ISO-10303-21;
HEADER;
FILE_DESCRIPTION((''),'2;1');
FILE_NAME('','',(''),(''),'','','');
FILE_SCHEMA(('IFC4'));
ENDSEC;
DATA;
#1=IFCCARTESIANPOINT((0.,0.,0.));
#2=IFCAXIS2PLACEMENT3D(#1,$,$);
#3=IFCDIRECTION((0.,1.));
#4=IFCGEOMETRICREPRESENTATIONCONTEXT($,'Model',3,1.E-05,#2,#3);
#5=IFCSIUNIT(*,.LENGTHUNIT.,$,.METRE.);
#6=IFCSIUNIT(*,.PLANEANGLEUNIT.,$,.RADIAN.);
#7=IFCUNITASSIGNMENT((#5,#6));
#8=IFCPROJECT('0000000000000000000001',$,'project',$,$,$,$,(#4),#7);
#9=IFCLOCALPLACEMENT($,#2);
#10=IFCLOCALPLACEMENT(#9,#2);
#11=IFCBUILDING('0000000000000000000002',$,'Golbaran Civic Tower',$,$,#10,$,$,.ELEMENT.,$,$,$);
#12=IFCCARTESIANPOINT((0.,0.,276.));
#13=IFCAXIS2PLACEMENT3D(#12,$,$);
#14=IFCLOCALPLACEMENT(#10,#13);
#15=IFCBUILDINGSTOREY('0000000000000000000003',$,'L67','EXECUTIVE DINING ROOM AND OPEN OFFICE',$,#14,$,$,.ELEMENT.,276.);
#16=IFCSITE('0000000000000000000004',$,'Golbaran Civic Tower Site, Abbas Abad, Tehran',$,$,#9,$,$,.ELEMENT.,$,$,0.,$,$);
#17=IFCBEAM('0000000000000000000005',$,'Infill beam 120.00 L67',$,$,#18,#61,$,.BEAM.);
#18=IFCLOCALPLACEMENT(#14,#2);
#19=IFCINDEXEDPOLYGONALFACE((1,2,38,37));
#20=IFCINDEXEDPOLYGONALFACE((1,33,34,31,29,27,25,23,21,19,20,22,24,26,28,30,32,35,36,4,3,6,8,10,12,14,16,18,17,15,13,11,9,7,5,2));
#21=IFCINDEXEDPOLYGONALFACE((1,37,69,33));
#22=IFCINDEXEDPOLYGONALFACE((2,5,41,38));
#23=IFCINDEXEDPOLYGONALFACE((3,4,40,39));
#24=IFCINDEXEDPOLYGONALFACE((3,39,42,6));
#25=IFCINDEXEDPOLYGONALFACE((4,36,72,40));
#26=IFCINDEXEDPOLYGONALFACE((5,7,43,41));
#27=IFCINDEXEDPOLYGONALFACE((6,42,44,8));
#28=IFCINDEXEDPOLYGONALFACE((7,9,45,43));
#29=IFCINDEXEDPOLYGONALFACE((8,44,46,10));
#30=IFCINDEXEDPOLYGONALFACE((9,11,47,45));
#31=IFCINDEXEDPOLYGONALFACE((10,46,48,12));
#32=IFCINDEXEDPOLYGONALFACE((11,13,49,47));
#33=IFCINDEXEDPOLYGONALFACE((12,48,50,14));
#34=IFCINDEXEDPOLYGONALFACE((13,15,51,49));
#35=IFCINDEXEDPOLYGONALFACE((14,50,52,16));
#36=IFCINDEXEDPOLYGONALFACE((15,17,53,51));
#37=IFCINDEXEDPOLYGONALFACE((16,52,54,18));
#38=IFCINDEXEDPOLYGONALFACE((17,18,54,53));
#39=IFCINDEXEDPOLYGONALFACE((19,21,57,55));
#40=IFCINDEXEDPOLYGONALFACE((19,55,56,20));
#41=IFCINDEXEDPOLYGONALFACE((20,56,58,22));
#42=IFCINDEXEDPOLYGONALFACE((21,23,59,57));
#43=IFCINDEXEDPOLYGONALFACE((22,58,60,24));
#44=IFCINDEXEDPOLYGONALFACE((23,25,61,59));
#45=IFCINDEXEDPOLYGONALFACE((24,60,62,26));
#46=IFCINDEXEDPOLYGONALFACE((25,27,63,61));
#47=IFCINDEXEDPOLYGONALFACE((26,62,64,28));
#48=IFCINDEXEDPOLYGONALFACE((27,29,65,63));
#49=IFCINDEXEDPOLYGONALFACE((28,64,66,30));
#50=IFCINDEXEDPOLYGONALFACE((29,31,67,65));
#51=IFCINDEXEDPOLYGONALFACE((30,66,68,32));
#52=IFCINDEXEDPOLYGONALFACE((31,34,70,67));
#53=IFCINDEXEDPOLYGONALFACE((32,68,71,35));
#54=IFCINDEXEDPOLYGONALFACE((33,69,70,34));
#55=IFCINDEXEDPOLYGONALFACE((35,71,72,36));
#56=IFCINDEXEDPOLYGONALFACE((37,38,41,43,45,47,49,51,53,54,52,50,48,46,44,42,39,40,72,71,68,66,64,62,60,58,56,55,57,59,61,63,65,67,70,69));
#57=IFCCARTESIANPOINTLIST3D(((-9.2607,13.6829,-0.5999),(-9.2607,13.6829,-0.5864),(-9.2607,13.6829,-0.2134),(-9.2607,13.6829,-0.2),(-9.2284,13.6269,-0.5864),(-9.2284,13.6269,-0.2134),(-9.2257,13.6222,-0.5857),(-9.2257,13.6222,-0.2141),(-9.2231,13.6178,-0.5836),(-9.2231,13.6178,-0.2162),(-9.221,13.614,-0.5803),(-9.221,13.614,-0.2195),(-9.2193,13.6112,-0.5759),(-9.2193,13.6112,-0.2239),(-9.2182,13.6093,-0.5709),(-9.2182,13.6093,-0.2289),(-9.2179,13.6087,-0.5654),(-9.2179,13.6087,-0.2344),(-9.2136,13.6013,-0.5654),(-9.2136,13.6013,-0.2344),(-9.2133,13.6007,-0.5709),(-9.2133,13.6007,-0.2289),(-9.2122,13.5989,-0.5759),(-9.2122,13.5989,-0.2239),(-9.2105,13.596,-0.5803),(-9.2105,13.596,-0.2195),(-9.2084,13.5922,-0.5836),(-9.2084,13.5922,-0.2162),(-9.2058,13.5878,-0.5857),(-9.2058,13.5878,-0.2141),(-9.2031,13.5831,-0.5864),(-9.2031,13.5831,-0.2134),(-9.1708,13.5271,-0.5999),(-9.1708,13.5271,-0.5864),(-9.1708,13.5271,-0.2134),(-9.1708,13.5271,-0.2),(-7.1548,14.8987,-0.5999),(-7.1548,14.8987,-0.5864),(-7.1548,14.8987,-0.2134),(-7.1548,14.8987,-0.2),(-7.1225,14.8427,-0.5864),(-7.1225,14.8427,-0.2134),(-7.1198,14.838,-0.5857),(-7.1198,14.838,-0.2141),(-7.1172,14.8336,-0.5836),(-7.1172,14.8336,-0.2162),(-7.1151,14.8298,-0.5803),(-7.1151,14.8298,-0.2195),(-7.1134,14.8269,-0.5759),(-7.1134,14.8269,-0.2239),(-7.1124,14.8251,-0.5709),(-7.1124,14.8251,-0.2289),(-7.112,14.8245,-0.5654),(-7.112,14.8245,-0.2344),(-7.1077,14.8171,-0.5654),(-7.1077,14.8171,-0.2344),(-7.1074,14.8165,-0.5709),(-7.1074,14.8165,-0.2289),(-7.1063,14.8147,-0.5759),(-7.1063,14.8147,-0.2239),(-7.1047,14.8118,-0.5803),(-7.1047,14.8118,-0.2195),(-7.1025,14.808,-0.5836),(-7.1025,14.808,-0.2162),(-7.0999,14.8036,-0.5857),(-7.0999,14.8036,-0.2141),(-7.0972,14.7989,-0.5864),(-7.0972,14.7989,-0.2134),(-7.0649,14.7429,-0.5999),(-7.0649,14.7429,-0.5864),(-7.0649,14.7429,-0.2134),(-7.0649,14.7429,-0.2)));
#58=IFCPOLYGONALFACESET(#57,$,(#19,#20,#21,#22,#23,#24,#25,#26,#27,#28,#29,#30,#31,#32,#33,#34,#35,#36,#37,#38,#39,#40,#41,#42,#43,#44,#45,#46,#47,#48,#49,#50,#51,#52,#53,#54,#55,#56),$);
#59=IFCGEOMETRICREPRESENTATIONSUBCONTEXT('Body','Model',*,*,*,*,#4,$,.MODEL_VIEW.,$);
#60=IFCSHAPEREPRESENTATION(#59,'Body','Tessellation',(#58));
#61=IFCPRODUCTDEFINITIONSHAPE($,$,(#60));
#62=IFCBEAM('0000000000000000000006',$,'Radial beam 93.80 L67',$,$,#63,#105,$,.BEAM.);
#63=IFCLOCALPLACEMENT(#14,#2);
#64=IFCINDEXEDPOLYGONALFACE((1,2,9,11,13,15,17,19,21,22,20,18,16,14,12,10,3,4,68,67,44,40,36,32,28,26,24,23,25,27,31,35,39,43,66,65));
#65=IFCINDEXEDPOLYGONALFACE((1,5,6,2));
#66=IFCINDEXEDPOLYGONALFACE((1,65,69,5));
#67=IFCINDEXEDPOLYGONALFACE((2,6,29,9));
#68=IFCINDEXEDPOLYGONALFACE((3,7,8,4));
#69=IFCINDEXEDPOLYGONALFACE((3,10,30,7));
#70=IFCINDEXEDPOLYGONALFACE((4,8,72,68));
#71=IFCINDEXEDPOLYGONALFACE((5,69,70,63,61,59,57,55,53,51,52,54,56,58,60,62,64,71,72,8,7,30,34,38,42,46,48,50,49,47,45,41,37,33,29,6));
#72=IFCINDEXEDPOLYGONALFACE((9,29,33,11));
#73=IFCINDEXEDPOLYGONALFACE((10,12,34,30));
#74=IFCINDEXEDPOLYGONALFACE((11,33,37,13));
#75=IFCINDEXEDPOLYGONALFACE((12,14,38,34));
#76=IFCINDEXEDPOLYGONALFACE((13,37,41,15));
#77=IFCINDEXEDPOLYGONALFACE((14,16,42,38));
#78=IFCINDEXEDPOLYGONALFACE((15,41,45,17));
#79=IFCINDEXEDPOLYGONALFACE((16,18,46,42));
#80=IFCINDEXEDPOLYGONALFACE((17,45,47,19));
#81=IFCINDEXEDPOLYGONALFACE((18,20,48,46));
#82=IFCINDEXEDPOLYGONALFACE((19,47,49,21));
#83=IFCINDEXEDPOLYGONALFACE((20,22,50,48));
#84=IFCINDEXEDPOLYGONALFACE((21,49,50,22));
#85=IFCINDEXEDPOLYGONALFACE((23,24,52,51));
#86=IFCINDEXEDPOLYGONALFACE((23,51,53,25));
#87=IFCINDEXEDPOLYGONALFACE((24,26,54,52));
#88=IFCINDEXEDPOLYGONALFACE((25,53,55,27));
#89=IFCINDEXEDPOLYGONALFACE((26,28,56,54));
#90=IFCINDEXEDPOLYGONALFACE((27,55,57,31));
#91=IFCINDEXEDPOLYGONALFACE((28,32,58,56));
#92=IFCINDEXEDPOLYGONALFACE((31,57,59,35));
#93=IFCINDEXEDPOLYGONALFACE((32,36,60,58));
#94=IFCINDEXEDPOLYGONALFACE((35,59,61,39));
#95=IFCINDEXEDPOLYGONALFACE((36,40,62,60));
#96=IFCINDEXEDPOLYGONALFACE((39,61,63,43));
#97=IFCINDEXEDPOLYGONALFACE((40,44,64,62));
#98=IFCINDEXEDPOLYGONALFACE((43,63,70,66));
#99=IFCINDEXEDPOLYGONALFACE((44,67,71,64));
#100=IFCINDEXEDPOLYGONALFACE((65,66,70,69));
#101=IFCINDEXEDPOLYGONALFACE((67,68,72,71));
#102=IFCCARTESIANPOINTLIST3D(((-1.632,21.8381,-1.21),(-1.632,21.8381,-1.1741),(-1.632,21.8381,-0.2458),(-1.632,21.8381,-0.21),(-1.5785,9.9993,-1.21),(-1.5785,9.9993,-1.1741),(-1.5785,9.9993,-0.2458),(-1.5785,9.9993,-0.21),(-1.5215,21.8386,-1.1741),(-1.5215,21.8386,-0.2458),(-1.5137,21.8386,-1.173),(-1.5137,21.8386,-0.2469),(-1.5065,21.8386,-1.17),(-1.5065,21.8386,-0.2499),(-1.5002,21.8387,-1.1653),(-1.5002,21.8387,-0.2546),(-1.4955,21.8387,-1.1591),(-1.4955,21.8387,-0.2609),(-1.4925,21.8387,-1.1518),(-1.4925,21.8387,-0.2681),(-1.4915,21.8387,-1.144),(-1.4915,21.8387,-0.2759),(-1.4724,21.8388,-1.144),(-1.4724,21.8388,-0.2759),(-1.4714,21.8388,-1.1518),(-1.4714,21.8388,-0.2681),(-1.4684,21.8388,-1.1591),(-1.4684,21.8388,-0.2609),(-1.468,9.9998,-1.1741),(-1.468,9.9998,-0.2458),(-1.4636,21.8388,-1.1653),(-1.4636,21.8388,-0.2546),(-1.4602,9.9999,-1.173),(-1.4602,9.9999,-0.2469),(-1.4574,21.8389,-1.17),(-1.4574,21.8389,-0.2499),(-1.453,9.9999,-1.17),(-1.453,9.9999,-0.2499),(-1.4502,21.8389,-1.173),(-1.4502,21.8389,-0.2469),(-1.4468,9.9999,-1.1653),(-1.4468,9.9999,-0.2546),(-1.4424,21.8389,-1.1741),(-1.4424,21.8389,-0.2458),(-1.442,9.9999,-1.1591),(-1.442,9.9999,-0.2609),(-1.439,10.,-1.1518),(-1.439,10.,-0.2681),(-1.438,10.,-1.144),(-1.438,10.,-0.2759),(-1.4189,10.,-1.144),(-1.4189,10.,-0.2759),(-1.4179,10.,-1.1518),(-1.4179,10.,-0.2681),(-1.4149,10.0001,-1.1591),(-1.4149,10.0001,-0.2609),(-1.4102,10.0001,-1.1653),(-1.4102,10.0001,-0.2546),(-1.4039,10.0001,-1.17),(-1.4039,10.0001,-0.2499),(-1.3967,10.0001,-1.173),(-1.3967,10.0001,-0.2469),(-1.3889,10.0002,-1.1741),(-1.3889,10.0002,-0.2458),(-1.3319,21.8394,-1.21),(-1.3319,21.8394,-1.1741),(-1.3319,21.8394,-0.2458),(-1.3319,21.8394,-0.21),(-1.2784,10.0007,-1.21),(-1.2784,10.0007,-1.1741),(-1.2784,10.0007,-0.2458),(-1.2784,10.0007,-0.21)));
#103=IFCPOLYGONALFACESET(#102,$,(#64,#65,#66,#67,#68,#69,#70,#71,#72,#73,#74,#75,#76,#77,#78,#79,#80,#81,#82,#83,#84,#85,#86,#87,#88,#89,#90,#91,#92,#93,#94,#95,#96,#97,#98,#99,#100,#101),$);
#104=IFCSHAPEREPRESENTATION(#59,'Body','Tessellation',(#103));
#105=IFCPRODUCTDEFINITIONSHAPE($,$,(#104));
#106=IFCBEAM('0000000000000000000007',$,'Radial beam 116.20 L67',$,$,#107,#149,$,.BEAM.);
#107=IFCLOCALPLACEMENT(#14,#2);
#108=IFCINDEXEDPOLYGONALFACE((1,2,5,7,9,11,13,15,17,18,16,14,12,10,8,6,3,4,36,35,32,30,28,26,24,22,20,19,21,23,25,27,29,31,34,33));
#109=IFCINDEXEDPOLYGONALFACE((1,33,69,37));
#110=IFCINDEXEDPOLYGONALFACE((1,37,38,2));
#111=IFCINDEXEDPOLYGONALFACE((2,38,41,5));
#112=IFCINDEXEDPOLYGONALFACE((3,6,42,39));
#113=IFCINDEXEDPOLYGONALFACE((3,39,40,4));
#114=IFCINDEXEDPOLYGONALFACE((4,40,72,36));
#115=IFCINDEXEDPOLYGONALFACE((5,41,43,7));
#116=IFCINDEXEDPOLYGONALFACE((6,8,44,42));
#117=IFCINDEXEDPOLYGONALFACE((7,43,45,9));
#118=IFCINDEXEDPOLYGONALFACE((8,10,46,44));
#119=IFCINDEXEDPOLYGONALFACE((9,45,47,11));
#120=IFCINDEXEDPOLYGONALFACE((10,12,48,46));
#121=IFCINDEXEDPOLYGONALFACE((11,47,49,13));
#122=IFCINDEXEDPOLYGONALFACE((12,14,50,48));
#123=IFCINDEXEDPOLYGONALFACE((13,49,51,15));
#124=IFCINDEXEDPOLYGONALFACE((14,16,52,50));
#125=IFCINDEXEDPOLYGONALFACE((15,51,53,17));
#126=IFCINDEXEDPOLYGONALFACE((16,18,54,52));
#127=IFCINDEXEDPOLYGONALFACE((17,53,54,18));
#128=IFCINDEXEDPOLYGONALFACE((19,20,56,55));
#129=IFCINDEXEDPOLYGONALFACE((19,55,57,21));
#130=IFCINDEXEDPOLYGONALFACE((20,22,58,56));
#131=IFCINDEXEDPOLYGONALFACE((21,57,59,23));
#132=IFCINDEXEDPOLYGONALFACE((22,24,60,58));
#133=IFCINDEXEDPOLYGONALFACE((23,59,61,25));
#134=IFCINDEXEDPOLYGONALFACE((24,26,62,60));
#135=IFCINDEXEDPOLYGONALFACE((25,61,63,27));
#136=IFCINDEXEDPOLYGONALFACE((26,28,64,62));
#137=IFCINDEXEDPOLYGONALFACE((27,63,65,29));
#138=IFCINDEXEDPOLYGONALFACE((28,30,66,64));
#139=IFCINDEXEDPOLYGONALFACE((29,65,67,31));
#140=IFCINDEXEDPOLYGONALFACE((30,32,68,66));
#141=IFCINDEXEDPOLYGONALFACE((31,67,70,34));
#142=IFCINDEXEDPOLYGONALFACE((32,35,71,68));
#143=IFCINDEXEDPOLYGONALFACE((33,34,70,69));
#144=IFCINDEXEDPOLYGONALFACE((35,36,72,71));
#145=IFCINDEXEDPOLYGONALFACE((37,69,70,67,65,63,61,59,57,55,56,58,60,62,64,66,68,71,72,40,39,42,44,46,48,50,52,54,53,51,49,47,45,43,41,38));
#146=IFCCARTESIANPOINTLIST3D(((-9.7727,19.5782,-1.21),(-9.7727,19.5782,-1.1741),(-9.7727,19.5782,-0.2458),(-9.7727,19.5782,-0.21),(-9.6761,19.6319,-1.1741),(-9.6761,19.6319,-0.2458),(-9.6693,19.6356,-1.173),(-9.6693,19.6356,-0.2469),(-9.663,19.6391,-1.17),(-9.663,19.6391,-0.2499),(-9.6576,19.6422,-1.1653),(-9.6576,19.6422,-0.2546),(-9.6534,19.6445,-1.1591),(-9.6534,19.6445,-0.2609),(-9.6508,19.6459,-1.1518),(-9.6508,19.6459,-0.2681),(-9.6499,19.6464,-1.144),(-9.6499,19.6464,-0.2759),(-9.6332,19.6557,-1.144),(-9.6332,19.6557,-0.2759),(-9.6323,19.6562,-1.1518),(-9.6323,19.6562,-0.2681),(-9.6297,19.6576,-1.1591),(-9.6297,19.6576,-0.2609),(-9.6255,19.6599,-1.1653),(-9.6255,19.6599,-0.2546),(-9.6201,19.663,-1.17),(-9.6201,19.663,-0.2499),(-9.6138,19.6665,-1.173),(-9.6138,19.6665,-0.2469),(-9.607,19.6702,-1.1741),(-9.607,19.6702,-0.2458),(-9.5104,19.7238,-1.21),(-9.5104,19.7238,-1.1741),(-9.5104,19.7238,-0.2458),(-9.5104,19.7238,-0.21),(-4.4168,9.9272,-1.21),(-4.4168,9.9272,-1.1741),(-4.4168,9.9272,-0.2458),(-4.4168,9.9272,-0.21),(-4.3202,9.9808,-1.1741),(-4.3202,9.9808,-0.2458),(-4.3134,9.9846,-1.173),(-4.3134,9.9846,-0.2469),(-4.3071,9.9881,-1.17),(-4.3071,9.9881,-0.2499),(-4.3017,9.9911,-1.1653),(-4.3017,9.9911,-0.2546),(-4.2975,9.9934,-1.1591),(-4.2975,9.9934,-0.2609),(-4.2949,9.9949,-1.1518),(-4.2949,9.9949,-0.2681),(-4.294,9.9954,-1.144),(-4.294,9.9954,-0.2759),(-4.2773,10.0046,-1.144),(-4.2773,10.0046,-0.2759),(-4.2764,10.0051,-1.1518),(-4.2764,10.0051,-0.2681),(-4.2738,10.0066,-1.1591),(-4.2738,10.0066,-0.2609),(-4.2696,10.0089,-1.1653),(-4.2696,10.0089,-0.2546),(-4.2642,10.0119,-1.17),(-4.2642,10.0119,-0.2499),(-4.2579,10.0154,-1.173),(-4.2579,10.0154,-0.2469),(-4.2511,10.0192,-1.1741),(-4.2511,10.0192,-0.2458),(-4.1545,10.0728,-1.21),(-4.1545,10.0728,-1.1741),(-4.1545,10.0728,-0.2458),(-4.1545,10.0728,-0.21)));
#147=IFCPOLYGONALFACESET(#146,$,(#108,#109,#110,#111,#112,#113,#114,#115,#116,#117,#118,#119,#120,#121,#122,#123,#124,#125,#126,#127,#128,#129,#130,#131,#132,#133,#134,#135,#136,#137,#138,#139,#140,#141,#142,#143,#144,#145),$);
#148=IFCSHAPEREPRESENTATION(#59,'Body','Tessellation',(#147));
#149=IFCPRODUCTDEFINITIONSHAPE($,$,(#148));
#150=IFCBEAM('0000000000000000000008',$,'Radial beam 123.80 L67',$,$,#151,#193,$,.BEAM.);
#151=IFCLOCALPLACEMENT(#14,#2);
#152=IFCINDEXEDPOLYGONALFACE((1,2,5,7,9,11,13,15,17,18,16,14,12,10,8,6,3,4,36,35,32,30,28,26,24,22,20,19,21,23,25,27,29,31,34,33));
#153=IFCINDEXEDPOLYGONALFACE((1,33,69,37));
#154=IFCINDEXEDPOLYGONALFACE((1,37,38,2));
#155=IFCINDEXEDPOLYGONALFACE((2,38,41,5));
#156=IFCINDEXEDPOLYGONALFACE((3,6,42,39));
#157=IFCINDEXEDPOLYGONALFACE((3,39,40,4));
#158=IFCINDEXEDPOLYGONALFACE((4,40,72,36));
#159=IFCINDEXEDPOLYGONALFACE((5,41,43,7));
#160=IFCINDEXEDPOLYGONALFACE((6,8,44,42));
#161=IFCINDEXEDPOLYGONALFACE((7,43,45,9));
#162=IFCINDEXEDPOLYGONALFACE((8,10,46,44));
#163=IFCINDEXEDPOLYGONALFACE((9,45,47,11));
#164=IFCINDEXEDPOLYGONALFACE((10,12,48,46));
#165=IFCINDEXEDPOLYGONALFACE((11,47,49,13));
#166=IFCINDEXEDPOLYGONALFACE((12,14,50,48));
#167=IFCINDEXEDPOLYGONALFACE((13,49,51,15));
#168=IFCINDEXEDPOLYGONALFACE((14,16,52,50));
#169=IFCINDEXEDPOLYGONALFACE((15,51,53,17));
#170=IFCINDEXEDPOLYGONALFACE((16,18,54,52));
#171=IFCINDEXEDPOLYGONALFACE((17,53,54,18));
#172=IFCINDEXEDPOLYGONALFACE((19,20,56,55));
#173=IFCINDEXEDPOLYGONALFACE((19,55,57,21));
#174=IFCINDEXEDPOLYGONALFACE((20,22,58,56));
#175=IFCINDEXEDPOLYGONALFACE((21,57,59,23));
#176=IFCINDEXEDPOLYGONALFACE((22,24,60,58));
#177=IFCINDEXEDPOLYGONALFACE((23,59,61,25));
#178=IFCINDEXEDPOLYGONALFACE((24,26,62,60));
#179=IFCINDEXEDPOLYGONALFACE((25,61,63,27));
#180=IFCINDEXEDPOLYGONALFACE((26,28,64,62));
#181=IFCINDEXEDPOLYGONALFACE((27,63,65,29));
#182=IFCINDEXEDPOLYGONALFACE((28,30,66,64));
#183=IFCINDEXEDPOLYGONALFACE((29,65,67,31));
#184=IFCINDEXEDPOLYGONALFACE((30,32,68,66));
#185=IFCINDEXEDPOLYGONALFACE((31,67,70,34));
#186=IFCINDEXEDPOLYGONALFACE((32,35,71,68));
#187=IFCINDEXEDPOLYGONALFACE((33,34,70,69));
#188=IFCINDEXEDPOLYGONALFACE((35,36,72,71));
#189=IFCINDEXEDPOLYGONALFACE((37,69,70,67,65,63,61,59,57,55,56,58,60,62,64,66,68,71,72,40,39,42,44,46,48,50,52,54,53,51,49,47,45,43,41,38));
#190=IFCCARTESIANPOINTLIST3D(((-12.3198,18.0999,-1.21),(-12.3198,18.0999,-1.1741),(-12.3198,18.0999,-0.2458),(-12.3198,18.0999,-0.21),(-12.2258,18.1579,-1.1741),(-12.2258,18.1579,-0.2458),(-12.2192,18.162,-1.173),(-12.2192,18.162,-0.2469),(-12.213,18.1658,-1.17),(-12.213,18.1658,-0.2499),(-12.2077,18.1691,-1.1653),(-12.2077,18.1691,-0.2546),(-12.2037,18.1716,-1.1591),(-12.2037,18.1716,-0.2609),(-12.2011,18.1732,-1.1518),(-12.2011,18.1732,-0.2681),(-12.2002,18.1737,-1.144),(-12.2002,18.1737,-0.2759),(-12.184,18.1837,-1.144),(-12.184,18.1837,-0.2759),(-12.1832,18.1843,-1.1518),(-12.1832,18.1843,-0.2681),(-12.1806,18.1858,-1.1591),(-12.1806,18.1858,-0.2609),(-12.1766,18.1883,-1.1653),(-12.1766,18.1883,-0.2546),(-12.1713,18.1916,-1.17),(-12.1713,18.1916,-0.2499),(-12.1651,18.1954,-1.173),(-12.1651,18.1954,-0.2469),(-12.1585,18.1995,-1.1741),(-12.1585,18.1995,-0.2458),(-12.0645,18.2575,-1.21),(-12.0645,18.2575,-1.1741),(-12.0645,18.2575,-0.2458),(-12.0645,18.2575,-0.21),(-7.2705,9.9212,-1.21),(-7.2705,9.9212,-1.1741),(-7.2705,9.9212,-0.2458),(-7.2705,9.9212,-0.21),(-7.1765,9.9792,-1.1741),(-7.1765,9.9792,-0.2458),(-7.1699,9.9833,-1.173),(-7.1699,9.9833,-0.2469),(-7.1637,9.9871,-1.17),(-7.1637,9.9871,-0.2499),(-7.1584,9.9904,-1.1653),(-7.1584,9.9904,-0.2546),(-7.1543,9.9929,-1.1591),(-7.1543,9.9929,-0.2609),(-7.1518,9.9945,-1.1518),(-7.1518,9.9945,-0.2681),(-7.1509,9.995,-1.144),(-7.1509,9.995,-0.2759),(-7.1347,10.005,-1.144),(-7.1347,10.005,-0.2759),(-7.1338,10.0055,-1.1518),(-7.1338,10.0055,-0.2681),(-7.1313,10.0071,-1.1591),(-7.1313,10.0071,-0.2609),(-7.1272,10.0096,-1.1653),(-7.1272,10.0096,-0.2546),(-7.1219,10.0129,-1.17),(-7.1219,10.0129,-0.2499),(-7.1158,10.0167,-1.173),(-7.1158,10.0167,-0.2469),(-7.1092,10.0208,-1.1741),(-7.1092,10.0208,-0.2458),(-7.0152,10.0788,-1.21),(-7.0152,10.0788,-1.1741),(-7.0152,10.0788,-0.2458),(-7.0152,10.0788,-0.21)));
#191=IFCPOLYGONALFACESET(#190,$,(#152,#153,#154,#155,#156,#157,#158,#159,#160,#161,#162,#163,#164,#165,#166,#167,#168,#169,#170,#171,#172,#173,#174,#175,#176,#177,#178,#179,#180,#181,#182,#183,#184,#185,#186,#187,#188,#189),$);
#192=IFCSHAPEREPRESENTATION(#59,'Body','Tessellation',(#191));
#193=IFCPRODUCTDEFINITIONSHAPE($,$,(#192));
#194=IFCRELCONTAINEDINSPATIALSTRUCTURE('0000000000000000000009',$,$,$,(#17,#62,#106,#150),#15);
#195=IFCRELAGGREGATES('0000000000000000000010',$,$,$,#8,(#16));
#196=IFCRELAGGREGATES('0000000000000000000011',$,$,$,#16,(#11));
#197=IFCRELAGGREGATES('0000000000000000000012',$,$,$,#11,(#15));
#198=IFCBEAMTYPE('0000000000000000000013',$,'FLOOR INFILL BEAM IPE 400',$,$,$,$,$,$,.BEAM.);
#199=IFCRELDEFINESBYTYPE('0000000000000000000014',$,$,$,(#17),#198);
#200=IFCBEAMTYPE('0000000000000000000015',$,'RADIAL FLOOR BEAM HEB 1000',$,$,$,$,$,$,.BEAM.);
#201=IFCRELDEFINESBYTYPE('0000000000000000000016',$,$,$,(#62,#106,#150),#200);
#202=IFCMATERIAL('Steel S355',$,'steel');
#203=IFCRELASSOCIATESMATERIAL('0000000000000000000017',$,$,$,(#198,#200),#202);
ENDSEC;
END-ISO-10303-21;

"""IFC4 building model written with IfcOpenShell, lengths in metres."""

from ifc_helpers import new_model, si_unit, direction, frame, origin, origin_2d, place, context, subcontext, project, spatial, i_section, extrude, material, material_profile, profile_set, type_object, element, save


model = new_model("IFC4")

# Units and contexts
model_context = context("Model", 3, precision=1e-05, world=origin(), true_north=direction((0.0, 1.0)))
body_context = subcontext(model_context, "Body", "Model", "MODEL_VIEW")
ifc_project = project(units=[si_unit("LENGTHUNIT", "METRE"), si_unit("PLANEANGLEUNIT", "RADIAN")], contexts=[model_context])

# Site, building, storey
site_placement = place(None, origin())
site = spatial("IfcSite", under=ifc_project, at=site_placement, Name="Golbaran Civic Tower Site, Abbas Abad, Tehran", CompositionType="ELEMENT", RefElevation=0.0)
building_placement = place(site_placement, origin())
building = spatial("IfcBuilding", under=site, at=building_placement, Name="Golbaran Civic Tower", CompositionType="ELEMENT")
storey_placement = place(building_placement, frame((0.0, 0.0, 276.0)))
storey = spatial("IfcBuildingStorey", under=building, at=storey_placement, Name="L67", Description="EXECUTIVE DINING ROOM AND OPEN OFFICE", CompositionType="ELEMENT", Elevation=276.0)

# Beams
ifc_material_1 = material(Name="Steel S355", Category="steel")
ifc_material_profile_1 = material_profile(ifc_material_1, i_section(OverallWidth=0.1799, OverallDepth=0.3999, WebThickness=0.0085, FlangeThickness=0.0134, FilletRadius=0.021, at=origin_2d()), Name="IPE 400")
ifc_profile_set_1 = profile_set([ifc_material_profile_1], Name="Steel S355")
beam_type_1 = type_object("IfcBeamType", Name="FLOOR INFILL BEAM IPE 400", PredefinedType="BEAM", material=ifc_profile_set_1)
beam_1_placement = place(storey_placement, frame((-7.1099, 14.8208, -0.3999), z_axis=(-0.866035, -0.499983, 0.0), x_axis=(0.499983, -0.866035, 0.0)))
element("IfcBeam", 1, at=beam_1_placement, inside=storey, type_object=beam_type_1, Name="Infill beam 120.00 L67", PredefinedType="BEAM", context=body_context, shape_type="SweptSolid", body=[
    extrude(i_section(OverallWidth=0.1799, OverallDepth=0.3999, WebThickness=0.0085, FlangeThickness=0.0134, FilletRadius=0.021, at=origin_2d()), origin(), (0.0, 0.0, 1.0), 2.4316),
])
ifc_material_profile_2 = material_profile(ifc_material_1, i_section(OverallWidth=0.3, OverallDepth=1.0, WebThickness=0.019, FlangeThickness=0.0359, FilletRadius=0.03, at=origin_2d()), Name="HEB 1000")
ifc_profile_set_2 = profile_set([ifc_material_profile_2], Name="Steel S355")
beam_type_2 = type_object("IfcBeamType", Name="RADIAL FLOOR BEAM HEB 1000", PredefinedType="BEAM", material=ifc_profile_set_2)
beam_2_placement = place(storey_placement, frame((-1.4285, 10.0, -0.71), z_axis=(-0.004516, 0.99999, 0.0), x_axis=(-0.99999, -0.004516, 0.0)))
element("IfcBeam", 2, at=beam_2_placement, inside=storey, type_object=beam_type_2, Name="Radial beam 93.80 L67", PredefinedType="BEAM", context=body_context, shape_type="SweptSolid", body=[
    extrude(i_section(OverallWidth=0.3, OverallDepth=1.0, WebThickness=0.019, FlangeThickness=0.0359, FilletRadius=0.03, at=origin_2d()), origin(), (0.0, 0.0, 1.0), 11.8389),
])
beam_3_placement = place(storey_placement, frame((-4.2856, 10.0, -0.71), z_axis=(-0.485243, 0.874379, 0.0), x_axis=(-0.874379, -0.485243, 0.0)))
element("IfcBeam", 3, at=beam_3_placement, inside=storey, type_object=beam_type_2, Name="Radial beam 116.20 L67", PredefinedType="BEAM", context=body_context, shape_type="SweptSolid", body=[
    extrude(i_section(OverallWidth=0.3, OverallDepth=1.0, WebThickness=0.019, FlangeThickness=0.0359, FilletRadius=0.03, at=origin_2d()), origin(), (0.0, 0.0, 1.0), 11.0376),
])
beam_4_placement = place(storey_placement, frame((-7.1428, 10.0, -0.71), z_axis=(-0.525324, 0.850902, 0.0), x_axis=(-0.850902, -0.525324, 0.0)))
element("IfcBeam", 4, at=beam_4_placement, inside=storey, type_object=beam_type_2, Name="Radial beam 123.80 L67", PredefinedType="BEAM", context=body_context, shape_type="SweptSolid", body=[
    extrude(i_section(OverallWidth=0.3, OverallDepth=1.0, WebThickness=0.019, FlangeThickness=0.0359, FilletRadius=0.03, at=origin_2d()), origin(), (0.0, 0.0, 1.0), 9.6118),
])

save(model, "model.ifc")
